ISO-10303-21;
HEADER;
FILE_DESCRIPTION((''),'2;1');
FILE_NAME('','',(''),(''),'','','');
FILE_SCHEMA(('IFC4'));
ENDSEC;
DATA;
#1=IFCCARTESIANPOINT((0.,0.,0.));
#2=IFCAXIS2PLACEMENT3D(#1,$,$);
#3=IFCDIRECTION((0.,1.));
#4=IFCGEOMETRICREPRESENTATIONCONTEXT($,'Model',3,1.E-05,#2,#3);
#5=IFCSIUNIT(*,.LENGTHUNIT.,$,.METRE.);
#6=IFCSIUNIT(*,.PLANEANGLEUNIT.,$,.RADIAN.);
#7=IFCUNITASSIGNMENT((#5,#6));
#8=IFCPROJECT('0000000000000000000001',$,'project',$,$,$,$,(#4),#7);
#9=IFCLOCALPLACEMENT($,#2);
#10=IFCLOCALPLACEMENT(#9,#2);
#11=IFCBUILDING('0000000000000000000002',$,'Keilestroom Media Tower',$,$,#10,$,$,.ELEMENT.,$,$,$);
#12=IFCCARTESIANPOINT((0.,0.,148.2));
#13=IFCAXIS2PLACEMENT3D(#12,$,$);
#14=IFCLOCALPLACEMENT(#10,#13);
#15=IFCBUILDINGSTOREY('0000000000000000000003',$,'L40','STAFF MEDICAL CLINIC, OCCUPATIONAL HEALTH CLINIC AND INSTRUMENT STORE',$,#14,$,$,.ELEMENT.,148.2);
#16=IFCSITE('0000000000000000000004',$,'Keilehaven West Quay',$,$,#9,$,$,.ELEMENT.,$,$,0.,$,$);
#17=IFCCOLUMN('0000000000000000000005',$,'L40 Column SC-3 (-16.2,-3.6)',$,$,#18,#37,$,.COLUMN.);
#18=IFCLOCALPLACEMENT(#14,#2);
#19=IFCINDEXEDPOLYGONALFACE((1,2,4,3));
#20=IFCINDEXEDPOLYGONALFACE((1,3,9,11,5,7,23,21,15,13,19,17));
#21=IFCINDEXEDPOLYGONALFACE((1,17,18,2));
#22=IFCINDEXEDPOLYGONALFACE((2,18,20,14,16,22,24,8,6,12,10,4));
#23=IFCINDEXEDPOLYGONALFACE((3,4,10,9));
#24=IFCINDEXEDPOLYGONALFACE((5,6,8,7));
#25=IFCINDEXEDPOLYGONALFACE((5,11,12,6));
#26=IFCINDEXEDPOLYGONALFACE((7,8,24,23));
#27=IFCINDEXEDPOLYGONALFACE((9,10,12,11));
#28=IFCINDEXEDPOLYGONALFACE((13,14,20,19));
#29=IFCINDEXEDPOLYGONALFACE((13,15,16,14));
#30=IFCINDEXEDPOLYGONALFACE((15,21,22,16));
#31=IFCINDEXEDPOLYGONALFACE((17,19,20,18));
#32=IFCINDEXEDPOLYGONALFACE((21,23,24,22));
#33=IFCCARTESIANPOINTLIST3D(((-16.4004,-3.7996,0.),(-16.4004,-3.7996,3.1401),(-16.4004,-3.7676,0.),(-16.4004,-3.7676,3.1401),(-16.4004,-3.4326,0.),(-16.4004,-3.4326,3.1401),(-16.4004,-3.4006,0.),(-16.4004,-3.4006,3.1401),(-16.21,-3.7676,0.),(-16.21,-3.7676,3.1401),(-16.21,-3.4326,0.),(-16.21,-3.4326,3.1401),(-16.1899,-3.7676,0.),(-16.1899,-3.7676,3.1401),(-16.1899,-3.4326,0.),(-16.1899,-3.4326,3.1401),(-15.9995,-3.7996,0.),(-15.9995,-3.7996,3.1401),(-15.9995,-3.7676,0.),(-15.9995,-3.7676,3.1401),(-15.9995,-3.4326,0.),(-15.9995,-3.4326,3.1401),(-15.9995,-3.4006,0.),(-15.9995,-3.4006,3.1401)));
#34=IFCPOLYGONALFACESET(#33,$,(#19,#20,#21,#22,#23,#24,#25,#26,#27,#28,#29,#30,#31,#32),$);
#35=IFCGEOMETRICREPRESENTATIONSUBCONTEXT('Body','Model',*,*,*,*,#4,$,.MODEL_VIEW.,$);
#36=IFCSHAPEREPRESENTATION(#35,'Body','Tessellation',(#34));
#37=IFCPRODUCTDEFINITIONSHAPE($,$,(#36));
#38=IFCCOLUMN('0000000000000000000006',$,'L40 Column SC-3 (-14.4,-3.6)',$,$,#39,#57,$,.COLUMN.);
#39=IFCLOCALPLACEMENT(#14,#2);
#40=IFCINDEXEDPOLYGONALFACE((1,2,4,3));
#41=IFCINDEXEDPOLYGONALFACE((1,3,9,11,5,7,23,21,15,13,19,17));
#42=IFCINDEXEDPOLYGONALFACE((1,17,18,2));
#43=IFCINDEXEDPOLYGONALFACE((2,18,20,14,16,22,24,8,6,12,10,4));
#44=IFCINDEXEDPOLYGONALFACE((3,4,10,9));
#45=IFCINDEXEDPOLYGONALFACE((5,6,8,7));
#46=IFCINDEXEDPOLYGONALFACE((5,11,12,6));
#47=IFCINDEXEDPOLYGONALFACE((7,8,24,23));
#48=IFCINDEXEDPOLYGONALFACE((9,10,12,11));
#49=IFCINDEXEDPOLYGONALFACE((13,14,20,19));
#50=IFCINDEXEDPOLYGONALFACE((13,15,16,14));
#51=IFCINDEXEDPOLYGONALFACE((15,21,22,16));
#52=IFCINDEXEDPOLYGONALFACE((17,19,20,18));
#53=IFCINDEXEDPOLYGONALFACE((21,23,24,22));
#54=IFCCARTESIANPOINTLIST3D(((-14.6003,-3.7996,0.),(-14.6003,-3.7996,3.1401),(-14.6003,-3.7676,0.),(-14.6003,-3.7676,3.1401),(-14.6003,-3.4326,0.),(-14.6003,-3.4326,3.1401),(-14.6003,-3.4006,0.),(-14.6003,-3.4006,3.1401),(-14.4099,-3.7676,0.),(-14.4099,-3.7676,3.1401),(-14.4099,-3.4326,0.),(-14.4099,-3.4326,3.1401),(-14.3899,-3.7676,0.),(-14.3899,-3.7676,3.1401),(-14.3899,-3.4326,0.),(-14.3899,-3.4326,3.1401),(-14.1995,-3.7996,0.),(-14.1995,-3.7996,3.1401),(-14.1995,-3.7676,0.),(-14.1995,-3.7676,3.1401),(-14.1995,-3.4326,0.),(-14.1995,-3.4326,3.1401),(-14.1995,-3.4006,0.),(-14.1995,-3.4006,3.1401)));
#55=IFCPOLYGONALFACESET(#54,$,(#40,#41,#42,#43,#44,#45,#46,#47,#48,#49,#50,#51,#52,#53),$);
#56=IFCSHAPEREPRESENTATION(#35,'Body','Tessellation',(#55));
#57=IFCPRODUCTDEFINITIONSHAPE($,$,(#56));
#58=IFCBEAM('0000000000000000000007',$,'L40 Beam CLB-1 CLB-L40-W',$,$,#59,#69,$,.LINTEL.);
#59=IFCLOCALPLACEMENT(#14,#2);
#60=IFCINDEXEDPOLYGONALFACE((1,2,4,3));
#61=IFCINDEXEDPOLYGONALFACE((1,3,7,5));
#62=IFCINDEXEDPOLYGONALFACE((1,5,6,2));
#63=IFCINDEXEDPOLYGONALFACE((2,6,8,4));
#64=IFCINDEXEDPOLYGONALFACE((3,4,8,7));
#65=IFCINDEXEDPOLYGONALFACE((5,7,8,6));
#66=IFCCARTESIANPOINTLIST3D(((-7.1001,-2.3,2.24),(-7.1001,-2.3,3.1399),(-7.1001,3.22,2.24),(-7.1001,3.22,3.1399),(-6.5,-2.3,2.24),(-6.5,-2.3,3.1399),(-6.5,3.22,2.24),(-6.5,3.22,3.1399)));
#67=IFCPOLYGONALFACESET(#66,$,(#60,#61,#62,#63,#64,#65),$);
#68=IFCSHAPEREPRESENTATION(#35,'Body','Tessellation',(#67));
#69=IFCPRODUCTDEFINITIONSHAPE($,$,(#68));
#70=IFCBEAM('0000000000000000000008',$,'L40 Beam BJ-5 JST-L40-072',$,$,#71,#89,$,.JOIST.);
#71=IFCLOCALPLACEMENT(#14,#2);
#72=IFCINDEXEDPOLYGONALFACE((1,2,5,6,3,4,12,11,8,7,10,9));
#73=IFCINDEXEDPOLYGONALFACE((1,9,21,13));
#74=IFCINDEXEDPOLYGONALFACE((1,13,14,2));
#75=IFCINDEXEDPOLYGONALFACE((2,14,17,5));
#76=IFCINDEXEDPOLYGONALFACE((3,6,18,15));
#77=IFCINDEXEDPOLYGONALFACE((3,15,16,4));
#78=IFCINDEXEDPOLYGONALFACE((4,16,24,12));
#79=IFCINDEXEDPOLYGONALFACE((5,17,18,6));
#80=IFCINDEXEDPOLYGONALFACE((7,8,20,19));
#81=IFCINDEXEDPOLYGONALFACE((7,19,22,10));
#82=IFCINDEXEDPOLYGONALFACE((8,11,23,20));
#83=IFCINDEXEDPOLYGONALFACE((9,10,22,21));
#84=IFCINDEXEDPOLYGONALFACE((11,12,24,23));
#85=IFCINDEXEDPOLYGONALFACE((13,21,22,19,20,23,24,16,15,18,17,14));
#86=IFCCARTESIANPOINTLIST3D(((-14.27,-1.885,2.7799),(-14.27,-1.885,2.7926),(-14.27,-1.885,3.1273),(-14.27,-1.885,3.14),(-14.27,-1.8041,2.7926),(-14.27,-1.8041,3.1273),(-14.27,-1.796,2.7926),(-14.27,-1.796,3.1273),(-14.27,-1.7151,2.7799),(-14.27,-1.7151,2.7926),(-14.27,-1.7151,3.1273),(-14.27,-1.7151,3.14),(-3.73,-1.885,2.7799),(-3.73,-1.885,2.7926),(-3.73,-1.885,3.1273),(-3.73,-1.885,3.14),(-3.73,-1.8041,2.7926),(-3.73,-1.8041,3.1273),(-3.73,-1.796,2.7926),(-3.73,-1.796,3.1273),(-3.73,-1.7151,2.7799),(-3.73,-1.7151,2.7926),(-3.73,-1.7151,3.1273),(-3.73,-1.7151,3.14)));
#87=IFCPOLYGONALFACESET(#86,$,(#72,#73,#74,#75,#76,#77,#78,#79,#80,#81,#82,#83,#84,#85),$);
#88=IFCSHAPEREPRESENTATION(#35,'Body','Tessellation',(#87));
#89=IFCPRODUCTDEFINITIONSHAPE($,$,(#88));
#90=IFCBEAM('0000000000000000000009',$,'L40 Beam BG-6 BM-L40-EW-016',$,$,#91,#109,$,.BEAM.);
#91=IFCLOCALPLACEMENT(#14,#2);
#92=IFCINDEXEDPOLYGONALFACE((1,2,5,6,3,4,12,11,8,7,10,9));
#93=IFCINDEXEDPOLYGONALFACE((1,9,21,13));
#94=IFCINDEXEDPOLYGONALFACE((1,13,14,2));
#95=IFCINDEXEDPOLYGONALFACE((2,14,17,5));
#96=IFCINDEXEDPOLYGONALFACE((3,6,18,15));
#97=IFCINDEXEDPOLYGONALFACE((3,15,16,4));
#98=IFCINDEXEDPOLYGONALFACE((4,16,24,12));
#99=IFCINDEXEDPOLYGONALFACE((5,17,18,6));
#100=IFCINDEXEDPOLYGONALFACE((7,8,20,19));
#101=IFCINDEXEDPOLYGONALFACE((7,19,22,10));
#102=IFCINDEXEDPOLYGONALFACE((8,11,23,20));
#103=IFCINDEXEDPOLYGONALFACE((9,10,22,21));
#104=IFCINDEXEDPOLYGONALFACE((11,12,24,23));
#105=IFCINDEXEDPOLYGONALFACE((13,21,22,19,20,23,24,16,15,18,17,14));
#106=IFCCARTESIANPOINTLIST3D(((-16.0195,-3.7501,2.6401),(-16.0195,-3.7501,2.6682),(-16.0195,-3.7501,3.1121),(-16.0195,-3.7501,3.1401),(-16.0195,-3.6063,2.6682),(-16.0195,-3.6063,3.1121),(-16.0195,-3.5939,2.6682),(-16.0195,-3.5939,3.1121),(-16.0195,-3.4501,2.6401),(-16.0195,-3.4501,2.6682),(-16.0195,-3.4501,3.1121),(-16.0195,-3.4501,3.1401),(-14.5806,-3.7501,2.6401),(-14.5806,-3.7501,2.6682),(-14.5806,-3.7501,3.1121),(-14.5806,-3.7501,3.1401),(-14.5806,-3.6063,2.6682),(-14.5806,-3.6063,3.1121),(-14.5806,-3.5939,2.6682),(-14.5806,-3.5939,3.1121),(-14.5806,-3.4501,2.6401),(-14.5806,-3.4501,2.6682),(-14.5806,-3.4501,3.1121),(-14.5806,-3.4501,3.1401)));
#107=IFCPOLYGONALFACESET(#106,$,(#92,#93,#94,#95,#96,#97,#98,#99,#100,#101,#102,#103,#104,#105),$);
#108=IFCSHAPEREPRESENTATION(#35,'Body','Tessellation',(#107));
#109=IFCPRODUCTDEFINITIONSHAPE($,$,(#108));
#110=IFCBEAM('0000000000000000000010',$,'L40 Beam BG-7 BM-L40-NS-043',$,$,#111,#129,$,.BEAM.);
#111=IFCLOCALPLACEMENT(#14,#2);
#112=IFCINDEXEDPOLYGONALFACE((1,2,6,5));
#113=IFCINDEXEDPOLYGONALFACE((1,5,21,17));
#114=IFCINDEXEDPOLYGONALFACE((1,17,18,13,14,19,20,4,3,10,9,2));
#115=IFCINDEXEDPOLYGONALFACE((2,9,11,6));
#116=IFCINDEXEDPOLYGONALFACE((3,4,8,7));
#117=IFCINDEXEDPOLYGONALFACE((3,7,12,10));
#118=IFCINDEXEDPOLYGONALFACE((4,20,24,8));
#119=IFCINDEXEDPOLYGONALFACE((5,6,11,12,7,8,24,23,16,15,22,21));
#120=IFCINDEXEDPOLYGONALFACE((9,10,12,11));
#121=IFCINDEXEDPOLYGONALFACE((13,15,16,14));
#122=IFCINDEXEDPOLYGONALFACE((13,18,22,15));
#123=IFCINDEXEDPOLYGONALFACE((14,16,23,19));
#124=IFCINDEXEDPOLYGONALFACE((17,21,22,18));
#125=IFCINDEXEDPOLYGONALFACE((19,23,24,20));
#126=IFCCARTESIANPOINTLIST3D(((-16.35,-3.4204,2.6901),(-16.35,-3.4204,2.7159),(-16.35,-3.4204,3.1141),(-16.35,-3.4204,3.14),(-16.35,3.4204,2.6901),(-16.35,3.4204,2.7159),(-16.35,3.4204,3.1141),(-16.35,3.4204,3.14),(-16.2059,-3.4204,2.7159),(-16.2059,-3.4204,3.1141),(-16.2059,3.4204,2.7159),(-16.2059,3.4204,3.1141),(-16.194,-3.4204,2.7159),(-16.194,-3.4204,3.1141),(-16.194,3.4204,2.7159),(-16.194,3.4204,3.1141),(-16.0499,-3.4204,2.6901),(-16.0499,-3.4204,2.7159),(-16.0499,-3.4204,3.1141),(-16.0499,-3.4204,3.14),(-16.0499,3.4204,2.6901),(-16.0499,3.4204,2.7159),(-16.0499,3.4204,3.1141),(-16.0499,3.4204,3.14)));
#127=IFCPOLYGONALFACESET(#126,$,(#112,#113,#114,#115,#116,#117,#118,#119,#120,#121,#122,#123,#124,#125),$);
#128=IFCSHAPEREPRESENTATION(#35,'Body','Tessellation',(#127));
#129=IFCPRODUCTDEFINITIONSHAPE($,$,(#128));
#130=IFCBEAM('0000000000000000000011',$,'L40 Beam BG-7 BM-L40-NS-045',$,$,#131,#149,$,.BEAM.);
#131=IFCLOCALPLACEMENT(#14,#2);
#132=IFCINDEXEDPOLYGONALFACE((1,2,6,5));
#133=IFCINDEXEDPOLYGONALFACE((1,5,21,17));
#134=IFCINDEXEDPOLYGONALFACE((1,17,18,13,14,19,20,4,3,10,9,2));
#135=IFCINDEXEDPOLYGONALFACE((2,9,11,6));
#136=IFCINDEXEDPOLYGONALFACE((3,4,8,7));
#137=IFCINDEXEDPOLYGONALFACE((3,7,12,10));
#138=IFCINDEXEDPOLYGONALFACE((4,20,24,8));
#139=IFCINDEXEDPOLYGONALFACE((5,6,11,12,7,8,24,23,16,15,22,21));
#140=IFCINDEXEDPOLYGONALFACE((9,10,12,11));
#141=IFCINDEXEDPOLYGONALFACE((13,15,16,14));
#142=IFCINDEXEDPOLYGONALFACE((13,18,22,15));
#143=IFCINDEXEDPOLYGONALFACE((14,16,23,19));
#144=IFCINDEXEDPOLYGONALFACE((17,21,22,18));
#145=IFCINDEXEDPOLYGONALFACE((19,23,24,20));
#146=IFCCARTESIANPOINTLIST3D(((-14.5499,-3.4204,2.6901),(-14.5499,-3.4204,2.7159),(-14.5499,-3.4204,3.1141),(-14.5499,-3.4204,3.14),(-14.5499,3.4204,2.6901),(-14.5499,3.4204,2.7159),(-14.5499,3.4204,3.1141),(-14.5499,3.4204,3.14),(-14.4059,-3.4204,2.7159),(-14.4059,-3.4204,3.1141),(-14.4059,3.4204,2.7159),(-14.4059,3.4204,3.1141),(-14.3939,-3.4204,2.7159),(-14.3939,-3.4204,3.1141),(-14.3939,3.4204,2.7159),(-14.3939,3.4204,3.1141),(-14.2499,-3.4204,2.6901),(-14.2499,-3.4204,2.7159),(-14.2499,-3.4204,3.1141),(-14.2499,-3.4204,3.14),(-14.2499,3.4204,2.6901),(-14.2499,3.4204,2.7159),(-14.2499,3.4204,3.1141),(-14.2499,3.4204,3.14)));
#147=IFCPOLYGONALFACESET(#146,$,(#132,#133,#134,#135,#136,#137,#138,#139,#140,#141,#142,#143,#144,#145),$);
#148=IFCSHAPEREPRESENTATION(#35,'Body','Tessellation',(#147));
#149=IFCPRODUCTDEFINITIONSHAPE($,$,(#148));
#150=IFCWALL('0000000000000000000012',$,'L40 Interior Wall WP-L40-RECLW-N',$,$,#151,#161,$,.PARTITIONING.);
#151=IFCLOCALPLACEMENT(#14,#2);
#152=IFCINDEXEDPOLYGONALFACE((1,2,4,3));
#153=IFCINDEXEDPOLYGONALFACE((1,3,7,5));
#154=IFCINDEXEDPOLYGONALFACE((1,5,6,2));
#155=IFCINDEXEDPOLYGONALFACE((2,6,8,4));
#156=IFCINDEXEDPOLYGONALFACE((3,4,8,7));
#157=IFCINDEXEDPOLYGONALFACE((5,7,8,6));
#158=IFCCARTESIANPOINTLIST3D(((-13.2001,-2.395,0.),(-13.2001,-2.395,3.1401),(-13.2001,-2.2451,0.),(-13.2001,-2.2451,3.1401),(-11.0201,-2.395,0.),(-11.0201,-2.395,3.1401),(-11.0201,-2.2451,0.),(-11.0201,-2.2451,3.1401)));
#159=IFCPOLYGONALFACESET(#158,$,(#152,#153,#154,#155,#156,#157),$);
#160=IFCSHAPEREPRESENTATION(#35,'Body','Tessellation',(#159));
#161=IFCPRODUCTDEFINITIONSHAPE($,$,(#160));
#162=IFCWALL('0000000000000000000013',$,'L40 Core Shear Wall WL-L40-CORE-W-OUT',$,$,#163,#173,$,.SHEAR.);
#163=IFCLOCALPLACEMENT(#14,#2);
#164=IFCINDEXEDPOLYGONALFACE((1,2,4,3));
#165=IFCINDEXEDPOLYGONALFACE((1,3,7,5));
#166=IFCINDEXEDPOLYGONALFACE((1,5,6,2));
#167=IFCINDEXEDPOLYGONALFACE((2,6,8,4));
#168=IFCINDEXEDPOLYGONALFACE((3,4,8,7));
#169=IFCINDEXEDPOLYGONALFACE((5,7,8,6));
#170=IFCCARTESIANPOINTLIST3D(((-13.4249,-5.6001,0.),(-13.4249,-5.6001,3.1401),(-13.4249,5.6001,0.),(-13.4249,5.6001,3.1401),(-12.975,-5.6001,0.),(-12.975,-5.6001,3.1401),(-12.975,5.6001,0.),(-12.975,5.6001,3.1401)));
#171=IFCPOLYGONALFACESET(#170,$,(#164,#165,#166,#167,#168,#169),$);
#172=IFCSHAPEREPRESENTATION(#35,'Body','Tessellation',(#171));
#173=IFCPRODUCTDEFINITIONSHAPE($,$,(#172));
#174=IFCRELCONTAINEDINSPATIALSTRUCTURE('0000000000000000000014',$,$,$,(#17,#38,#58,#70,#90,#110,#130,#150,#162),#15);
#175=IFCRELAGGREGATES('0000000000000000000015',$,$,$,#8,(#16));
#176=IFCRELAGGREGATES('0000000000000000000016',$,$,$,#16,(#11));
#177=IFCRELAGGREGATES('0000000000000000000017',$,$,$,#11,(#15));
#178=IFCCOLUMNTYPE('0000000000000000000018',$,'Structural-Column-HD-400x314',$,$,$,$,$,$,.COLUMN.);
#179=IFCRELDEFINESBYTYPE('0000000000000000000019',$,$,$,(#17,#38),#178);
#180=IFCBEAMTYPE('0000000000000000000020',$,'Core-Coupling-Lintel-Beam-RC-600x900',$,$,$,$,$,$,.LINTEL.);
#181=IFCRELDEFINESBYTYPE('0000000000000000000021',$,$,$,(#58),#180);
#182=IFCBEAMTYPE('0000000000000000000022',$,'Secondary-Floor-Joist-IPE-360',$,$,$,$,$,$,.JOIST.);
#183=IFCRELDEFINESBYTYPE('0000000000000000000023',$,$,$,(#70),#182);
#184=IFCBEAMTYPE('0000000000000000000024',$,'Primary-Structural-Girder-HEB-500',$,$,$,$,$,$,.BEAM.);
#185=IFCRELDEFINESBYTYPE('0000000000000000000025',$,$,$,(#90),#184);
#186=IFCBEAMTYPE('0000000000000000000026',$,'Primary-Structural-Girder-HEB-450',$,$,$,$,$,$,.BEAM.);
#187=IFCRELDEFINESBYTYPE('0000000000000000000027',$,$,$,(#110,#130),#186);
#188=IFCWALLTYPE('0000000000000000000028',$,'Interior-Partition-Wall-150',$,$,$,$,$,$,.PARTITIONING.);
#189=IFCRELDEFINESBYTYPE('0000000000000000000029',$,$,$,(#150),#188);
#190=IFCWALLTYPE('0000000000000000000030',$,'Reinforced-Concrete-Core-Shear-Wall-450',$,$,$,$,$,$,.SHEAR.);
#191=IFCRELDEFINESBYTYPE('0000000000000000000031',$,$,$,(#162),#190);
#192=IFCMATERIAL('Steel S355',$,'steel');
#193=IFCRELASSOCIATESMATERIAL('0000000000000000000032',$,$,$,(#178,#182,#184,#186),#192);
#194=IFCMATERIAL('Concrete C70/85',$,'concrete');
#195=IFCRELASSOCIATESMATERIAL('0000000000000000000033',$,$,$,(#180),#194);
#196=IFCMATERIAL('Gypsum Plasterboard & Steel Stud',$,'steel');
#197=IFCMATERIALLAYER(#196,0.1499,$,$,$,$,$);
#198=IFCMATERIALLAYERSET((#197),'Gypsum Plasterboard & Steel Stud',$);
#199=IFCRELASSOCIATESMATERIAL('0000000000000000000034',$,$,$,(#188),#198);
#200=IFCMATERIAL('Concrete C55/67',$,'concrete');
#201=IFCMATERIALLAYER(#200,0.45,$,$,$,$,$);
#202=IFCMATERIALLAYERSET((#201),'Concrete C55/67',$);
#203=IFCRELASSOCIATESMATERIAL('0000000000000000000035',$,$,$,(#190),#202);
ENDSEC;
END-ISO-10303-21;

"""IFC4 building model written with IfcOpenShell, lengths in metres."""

from ifc_helpers import new_model, si_unit, direction, frame, frame_2d, origin, origin_2d, place, context, subcontext, project, spatial, rectangle, i_section, extrude, source, transform, mapped, material, layer, layer_set, material_profile, profile_set, type_object, element, save


model = new_model("IFC4")

# Units and contexts
model_context = context("Model", 3, precision=1e-05, world=origin(), true_north=direction((0.0, 1.0)))
body_context = subcontext(model_context, "Body", "Model", "MODEL_VIEW")
ifc_project = project(units=[si_unit("LENGTHUNIT", "METRE"), si_unit("PLANEANGLEUNIT", "RADIAN")], contexts=[model_context])

# Site, building, storey
site_placement = place(None, origin())
site = spatial("IfcSite", under=ifc_project, at=site_placement, Name="Keilehaven West Quay", CompositionType="ELEMENT", RefElevation=0.0)
building_placement = place(site_placement, origin())
building = spatial("IfcBuilding", under=site, at=building_placement, Name="Keilestroom Media Tower", CompositionType="ELEMENT")
storey_placement = place(building_placement, frame((0.0, 0.0, 148.2)))
storey = spatial("IfcBuildingStorey", under=building, at=storey_placement, Name="L40", Description="STAFF MEDICAL CLINIC, OCCUPATIONAL HEALTH CLINIC AND INSTRUMENT STORE", CompositionType="ELEMENT", Elevation=148.2)

# Columns
ifc_material_1 = material(Name="Steel S355", Category="steel")
ifc_material_profile_1 = material_profile(ifc_material_1, i_section(OverallWidth=0.4009, OverallDepth=0.3989, WebThickness=0.02, FlangeThickness=0.032, at=origin_2d()), Name="HD 400x314")
ifc_profile_set_1 = profile_set([ifc_material_profile_1], Name="Steel S355")
column_type = type_object("IfcColumnType", Name="Structural-Column-HD-400x314", PredefinedType="COLUMN", material=ifc_profile_set_1)
shared_shape_1 = source(origin(), body_context, "Body", "SweptSolid", [
    extrude(i_section(OverallWidth=0.4009, OverallDepth=0.3989, WebThickness=0.02, FlangeThickness=0.032, at=origin_2d()), origin(), (0.0, 0.0, 1.0), 3.1401),
])
for number, where, z_axis, x_axis, name in (
    (1, (-16.2, -3.6001, 0.0), (0.0, 0.0, 1.0), (1.0, 0.0, 0.0), "L40 Column SC-3 (-16.2,-3.6)"),
    (2, (-14.3999, -3.6001, 0.0), (0.0, 0.0, 1.0), (1.0, 0.0, 0.0), "L40 Column SC-3 (-14.4,-3.6)"),
):
    element("IfcColumn", number, at=place(storey_placement, frame(where, z_axis=z_axis, x_axis=x_axis)), inside=storey, type_object=column_type, Name=name, PredefinedType="COLUMN", context=body_context, shape_type="MappedRepresentation", body=[
        mapped(shared_shape_1, transform((0.0, 0.0, 0.0), x_axis=(1.0, 0.0, 0.0), y_axis=(0.0, 1.0, 0.0), z_axis=(0.0, 0.0, 1.0), scale=1.0)),
    ])

# Beams
ifc_material_2 = material(Name="Concrete C70/85", Category="concrete")
ifc_material_profile_2 = material_profile(ifc_material_2, rectangle(XDim=0.6001, YDim=0.8999, at=origin_2d()), Name="RC 600x900")
ifc_profile_set_2 = profile_set([ifc_material_profile_2], Name="Concrete C70/85")
beam_type_1 = type_object("IfcBeamType", Name="Core-Coupling-Lintel-Beam-RC-600x900", PredefinedType="LINTEL", material=ifc_profile_set_2)
shared_shape_2 = source(origin(), body_context, "Body", "SweptSolid", [
    extrude(rectangle(XDim=0.6001, YDim=0.8999, at=origin_2d()), origin(), (0.0, 0.0, 1.0), 5.52),
])
beam_1_placement = place(storey_placement, frame((-6.8, -2.3, 2.6899), z_axis=(0.0, 1.0, 0.0), x_axis=(-1.0, 0.0, 0.0)))
element("IfcBeam", 3, at=beam_1_placement, inside=storey, type_object=beam_type_1, Name="L40 Beam CLB-1 CLB-L40-W", PredefinedType="LINTEL", context=body_context, shape_type="MappedRepresentation", body=[
    mapped(shared_shape_2, transform((0.0, 0.0, 0.0), x_axis=(1.0, 0.0, 0.0), y_axis=(0.0, 1.0, 0.0), z_axis=(0.0, 0.0, 1.0), scale=1.0)),
])
ifc_material_profile_3 = material_profile(ifc_material_1, i_section(OverallWidth=0.1699, OverallDepth=0.3601, WebThickness=0.0081, FlangeThickness=0.0127, at=origin_2d()), Name="IPE 360")
ifc_profile_set_3 = profile_set([ifc_material_profile_3], Name="Steel S355")
beam_type_2 = type_object("IfcBeamType", Name="Secondary-Floor-Joist-IPE-360", PredefinedType="JOIST", material=ifc_profile_set_3)
shared_shape_3 = source(origin(), body_context, "Body", "SweptSolid", [
    extrude(i_section(OverallWidth=0.1699, OverallDepth=0.3601, WebThickness=0.0081, FlangeThickness=0.0127, at=origin_2d()), origin(), (0.0, 0.0, 1.0), 10.54),
])
beam_2_placement = place(storey_placement, frame((-14.27, -1.8, 2.96), z_axis=(1.0, 0.0, 0.0), x_axis=(0.0, 1.0, 0.0)))
element("IfcBeam", 4, at=beam_2_placement, inside=storey, type_object=beam_type_2, Name="L40 Beam BJ-5 JST-L40-072", PredefinedType="JOIST", context=body_context, shape_type="MappedRepresentation", body=[
    mapped(shared_shape_3, transform((0.0, 0.0, 0.0), x_axis=(1.0, 0.0, 0.0), y_axis=(0.0, 1.0, 0.0), z_axis=(0.0, 0.0, 1.0), scale=1.0)),
])
ifc_material_profile_4 = material_profile(ifc_material_1, i_section(OverallWidth=0.3, OverallDepth=0.5, WebThickness=0.0125, FlangeThickness=0.0281, at=origin_2d()), Name="HEB 500")
ifc_profile_set_4 = profile_set([ifc_material_profile_4], Name="Steel S355")
beam_type_3 = type_object("IfcBeamType", Name="Primary-Structural-Girder-HEB-500", PredefinedType="BEAM", material=ifc_profile_set_4)
shared_shape_4 = source(origin(), body_context, "Body", "SweptSolid", [
    extrude(i_section(OverallWidth=0.3, OverallDepth=0.5, WebThickness=0.0125, FlangeThickness=0.0281, at=origin_2d()), origin(), (0.0, 0.0, 1.0), 1.439),
])
beam_3_placement = place(storey_placement, frame((-16.0195, -3.6001, 2.8901), z_axis=(1.0, 0.0, 0.0), x_axis=(0.0, 1.0, 0.0)))
element("IfcBeam", 5, at=beam_3_placement, inside=storey, type_object=beam_type_3, Name="L40 Beam BG-6 BM-L40-EW-016", PredefinedType="BEAM", context=body_context, shape_type="MappedRepresentation", body=[
    mapped(shared_shape_4, transform((0.0, 0.0, 0.0), x_axis=(1.0, 0.0, 0.0), y_axis=(0.0, 1.0, 0.0), z_axis=(0.0, 0.0, 1.0), scale=1.0)),
])
ifc_material_profile_5 = material_profile(ifc_material_1, i_section(OverallWidth=0.3, OverallDepth=0.45, WebThickness=0.012, FlangeThickness=0.0259, at=origin_2d()), Name="HEB 450")
ifc_profile_set_5 = profile_set([ifc_material_profile_5], Name="Steel S355")
beam_type_4 = type_object("IfcBeamType", Name="Primary-Structural-Girder-HEB-450", PredefinedType="BEAM", material=ifc_profile_set_5)
shared_shape_5 = source(origin(), body_context, "Body", "SweptSolid", [
    extrude(i_section(OverallWidth=0.3, OverallDepth=0.45, WebThickness=0.012, FlangeThickness=0.0259, at=origin_2d()), origin(), (0.0, 0.0, 1.0), 6.8408),
])
for number, where, z_axis, x_axis, name in (
    (6, (-16.2, -3.4204, 2.915), (0.0, 1.0, 0.0), (-1.0, 0.0, 0.0), "L40 Beam BG-7 BM-L40-NS-043"),
    (7, (-14.3999, -3.4204, 2.915), (0.0, 1.0, 0.0), (-1.0, 0.0, 0.0), "L40 Beam BG-7 BM-L40-NS-045"),
):
    element("IfcBeam", number, at=place(storey_placement, frame(where, z_axis=z_axis, x_axis=x_axis)), inside=storey, type_object=beam_type_4, Name=name, PredefinedType="BEAM", context=body_context, shape_type="MappedRepresentation", body=[
        mapped(shared_shape_5, transform((0.0, 0.0, 0.0), x_axis=(1.0, 0.0, 0.0), y_axis=(0.0, 1.0, 0.0), z_axis=(0.0, 0.0, 1.0), scale=1.0)),
    ])

# Walls
ifc_material_3 = material(Name="Gypsum Plasterboard & Steel Stud", Category="steel")
ifc_layer_1 = layer(ifc_material_3, 0.1499)
ifc_layer_set_1 = layer_set([ifc_layer_1], Name="Gypsum Plasterboard & Steel Stud")
wall_type_1 = type_object("IfcWallType", Name="Interior-Partition-Wall-150", PredefinedType="PARTITIONING", material=ifc_layer_set_1)
wall_1_placement = place(storey_placement, frame((-13.2, -2.3201, 0.0), z_axis=(0.0, 0.0, 1.0), x_axis=(1.0, 0.0, 0.0)))
element("IfcWall", 8, at=wall_1_placement, inside=storey, type_object=wall_type_1, Name="L40 Interior Wall WP-L40-RECLW-N", PredefinedType="PARTITIONING", context=body_context, shape_type="SweptSolid", body=[
    extrude(rectangle(XDim=2.1799, YDim=0.1499, at=frame_2d((1.0898, 0.0))), origin(), (0.0, 0.0, 1.0), 3.1401),
])
ifc_material_4 = material(Name="Concrete C55/67", Category="concrete")
ifc_layer_2 = layer(ifc_material_4, 0.45)
ifc_layer_set_2 = layer_set([ifc_layer_2], Name="Concrete C55/67")
wall_type_2 = type_object("IfcWallType", Name="Reinforced-Concrete-Core-Shear-Wall-450", PredefinedType="SHEAR", material=ifc_layer_set_2)
wall_2_placement = place(storey_placement, frame((-13.2, -5.6001, 0.0), z_axis=(0.0, 0.0, 1.0), x_axis=(0.0, 1.0, 0.0)))
element("IfcWall", 9, at=wall_2_placement, inside=storey, type_object=wall_type_2, Name="L40 Core Shear Wall WL-L40-CORE-W-OUT", PredefinedType="SHEAR", context=body_context, shape_type="SweptSolid", body=[
    extrude(rectangle(XDim=11.2002, YDim=0.45, at=frame_2d((5.6001, 0.0))), origin(), (0.0, 0.0, 1.0), 3.1401),
])

save(model, "model.ifc")
